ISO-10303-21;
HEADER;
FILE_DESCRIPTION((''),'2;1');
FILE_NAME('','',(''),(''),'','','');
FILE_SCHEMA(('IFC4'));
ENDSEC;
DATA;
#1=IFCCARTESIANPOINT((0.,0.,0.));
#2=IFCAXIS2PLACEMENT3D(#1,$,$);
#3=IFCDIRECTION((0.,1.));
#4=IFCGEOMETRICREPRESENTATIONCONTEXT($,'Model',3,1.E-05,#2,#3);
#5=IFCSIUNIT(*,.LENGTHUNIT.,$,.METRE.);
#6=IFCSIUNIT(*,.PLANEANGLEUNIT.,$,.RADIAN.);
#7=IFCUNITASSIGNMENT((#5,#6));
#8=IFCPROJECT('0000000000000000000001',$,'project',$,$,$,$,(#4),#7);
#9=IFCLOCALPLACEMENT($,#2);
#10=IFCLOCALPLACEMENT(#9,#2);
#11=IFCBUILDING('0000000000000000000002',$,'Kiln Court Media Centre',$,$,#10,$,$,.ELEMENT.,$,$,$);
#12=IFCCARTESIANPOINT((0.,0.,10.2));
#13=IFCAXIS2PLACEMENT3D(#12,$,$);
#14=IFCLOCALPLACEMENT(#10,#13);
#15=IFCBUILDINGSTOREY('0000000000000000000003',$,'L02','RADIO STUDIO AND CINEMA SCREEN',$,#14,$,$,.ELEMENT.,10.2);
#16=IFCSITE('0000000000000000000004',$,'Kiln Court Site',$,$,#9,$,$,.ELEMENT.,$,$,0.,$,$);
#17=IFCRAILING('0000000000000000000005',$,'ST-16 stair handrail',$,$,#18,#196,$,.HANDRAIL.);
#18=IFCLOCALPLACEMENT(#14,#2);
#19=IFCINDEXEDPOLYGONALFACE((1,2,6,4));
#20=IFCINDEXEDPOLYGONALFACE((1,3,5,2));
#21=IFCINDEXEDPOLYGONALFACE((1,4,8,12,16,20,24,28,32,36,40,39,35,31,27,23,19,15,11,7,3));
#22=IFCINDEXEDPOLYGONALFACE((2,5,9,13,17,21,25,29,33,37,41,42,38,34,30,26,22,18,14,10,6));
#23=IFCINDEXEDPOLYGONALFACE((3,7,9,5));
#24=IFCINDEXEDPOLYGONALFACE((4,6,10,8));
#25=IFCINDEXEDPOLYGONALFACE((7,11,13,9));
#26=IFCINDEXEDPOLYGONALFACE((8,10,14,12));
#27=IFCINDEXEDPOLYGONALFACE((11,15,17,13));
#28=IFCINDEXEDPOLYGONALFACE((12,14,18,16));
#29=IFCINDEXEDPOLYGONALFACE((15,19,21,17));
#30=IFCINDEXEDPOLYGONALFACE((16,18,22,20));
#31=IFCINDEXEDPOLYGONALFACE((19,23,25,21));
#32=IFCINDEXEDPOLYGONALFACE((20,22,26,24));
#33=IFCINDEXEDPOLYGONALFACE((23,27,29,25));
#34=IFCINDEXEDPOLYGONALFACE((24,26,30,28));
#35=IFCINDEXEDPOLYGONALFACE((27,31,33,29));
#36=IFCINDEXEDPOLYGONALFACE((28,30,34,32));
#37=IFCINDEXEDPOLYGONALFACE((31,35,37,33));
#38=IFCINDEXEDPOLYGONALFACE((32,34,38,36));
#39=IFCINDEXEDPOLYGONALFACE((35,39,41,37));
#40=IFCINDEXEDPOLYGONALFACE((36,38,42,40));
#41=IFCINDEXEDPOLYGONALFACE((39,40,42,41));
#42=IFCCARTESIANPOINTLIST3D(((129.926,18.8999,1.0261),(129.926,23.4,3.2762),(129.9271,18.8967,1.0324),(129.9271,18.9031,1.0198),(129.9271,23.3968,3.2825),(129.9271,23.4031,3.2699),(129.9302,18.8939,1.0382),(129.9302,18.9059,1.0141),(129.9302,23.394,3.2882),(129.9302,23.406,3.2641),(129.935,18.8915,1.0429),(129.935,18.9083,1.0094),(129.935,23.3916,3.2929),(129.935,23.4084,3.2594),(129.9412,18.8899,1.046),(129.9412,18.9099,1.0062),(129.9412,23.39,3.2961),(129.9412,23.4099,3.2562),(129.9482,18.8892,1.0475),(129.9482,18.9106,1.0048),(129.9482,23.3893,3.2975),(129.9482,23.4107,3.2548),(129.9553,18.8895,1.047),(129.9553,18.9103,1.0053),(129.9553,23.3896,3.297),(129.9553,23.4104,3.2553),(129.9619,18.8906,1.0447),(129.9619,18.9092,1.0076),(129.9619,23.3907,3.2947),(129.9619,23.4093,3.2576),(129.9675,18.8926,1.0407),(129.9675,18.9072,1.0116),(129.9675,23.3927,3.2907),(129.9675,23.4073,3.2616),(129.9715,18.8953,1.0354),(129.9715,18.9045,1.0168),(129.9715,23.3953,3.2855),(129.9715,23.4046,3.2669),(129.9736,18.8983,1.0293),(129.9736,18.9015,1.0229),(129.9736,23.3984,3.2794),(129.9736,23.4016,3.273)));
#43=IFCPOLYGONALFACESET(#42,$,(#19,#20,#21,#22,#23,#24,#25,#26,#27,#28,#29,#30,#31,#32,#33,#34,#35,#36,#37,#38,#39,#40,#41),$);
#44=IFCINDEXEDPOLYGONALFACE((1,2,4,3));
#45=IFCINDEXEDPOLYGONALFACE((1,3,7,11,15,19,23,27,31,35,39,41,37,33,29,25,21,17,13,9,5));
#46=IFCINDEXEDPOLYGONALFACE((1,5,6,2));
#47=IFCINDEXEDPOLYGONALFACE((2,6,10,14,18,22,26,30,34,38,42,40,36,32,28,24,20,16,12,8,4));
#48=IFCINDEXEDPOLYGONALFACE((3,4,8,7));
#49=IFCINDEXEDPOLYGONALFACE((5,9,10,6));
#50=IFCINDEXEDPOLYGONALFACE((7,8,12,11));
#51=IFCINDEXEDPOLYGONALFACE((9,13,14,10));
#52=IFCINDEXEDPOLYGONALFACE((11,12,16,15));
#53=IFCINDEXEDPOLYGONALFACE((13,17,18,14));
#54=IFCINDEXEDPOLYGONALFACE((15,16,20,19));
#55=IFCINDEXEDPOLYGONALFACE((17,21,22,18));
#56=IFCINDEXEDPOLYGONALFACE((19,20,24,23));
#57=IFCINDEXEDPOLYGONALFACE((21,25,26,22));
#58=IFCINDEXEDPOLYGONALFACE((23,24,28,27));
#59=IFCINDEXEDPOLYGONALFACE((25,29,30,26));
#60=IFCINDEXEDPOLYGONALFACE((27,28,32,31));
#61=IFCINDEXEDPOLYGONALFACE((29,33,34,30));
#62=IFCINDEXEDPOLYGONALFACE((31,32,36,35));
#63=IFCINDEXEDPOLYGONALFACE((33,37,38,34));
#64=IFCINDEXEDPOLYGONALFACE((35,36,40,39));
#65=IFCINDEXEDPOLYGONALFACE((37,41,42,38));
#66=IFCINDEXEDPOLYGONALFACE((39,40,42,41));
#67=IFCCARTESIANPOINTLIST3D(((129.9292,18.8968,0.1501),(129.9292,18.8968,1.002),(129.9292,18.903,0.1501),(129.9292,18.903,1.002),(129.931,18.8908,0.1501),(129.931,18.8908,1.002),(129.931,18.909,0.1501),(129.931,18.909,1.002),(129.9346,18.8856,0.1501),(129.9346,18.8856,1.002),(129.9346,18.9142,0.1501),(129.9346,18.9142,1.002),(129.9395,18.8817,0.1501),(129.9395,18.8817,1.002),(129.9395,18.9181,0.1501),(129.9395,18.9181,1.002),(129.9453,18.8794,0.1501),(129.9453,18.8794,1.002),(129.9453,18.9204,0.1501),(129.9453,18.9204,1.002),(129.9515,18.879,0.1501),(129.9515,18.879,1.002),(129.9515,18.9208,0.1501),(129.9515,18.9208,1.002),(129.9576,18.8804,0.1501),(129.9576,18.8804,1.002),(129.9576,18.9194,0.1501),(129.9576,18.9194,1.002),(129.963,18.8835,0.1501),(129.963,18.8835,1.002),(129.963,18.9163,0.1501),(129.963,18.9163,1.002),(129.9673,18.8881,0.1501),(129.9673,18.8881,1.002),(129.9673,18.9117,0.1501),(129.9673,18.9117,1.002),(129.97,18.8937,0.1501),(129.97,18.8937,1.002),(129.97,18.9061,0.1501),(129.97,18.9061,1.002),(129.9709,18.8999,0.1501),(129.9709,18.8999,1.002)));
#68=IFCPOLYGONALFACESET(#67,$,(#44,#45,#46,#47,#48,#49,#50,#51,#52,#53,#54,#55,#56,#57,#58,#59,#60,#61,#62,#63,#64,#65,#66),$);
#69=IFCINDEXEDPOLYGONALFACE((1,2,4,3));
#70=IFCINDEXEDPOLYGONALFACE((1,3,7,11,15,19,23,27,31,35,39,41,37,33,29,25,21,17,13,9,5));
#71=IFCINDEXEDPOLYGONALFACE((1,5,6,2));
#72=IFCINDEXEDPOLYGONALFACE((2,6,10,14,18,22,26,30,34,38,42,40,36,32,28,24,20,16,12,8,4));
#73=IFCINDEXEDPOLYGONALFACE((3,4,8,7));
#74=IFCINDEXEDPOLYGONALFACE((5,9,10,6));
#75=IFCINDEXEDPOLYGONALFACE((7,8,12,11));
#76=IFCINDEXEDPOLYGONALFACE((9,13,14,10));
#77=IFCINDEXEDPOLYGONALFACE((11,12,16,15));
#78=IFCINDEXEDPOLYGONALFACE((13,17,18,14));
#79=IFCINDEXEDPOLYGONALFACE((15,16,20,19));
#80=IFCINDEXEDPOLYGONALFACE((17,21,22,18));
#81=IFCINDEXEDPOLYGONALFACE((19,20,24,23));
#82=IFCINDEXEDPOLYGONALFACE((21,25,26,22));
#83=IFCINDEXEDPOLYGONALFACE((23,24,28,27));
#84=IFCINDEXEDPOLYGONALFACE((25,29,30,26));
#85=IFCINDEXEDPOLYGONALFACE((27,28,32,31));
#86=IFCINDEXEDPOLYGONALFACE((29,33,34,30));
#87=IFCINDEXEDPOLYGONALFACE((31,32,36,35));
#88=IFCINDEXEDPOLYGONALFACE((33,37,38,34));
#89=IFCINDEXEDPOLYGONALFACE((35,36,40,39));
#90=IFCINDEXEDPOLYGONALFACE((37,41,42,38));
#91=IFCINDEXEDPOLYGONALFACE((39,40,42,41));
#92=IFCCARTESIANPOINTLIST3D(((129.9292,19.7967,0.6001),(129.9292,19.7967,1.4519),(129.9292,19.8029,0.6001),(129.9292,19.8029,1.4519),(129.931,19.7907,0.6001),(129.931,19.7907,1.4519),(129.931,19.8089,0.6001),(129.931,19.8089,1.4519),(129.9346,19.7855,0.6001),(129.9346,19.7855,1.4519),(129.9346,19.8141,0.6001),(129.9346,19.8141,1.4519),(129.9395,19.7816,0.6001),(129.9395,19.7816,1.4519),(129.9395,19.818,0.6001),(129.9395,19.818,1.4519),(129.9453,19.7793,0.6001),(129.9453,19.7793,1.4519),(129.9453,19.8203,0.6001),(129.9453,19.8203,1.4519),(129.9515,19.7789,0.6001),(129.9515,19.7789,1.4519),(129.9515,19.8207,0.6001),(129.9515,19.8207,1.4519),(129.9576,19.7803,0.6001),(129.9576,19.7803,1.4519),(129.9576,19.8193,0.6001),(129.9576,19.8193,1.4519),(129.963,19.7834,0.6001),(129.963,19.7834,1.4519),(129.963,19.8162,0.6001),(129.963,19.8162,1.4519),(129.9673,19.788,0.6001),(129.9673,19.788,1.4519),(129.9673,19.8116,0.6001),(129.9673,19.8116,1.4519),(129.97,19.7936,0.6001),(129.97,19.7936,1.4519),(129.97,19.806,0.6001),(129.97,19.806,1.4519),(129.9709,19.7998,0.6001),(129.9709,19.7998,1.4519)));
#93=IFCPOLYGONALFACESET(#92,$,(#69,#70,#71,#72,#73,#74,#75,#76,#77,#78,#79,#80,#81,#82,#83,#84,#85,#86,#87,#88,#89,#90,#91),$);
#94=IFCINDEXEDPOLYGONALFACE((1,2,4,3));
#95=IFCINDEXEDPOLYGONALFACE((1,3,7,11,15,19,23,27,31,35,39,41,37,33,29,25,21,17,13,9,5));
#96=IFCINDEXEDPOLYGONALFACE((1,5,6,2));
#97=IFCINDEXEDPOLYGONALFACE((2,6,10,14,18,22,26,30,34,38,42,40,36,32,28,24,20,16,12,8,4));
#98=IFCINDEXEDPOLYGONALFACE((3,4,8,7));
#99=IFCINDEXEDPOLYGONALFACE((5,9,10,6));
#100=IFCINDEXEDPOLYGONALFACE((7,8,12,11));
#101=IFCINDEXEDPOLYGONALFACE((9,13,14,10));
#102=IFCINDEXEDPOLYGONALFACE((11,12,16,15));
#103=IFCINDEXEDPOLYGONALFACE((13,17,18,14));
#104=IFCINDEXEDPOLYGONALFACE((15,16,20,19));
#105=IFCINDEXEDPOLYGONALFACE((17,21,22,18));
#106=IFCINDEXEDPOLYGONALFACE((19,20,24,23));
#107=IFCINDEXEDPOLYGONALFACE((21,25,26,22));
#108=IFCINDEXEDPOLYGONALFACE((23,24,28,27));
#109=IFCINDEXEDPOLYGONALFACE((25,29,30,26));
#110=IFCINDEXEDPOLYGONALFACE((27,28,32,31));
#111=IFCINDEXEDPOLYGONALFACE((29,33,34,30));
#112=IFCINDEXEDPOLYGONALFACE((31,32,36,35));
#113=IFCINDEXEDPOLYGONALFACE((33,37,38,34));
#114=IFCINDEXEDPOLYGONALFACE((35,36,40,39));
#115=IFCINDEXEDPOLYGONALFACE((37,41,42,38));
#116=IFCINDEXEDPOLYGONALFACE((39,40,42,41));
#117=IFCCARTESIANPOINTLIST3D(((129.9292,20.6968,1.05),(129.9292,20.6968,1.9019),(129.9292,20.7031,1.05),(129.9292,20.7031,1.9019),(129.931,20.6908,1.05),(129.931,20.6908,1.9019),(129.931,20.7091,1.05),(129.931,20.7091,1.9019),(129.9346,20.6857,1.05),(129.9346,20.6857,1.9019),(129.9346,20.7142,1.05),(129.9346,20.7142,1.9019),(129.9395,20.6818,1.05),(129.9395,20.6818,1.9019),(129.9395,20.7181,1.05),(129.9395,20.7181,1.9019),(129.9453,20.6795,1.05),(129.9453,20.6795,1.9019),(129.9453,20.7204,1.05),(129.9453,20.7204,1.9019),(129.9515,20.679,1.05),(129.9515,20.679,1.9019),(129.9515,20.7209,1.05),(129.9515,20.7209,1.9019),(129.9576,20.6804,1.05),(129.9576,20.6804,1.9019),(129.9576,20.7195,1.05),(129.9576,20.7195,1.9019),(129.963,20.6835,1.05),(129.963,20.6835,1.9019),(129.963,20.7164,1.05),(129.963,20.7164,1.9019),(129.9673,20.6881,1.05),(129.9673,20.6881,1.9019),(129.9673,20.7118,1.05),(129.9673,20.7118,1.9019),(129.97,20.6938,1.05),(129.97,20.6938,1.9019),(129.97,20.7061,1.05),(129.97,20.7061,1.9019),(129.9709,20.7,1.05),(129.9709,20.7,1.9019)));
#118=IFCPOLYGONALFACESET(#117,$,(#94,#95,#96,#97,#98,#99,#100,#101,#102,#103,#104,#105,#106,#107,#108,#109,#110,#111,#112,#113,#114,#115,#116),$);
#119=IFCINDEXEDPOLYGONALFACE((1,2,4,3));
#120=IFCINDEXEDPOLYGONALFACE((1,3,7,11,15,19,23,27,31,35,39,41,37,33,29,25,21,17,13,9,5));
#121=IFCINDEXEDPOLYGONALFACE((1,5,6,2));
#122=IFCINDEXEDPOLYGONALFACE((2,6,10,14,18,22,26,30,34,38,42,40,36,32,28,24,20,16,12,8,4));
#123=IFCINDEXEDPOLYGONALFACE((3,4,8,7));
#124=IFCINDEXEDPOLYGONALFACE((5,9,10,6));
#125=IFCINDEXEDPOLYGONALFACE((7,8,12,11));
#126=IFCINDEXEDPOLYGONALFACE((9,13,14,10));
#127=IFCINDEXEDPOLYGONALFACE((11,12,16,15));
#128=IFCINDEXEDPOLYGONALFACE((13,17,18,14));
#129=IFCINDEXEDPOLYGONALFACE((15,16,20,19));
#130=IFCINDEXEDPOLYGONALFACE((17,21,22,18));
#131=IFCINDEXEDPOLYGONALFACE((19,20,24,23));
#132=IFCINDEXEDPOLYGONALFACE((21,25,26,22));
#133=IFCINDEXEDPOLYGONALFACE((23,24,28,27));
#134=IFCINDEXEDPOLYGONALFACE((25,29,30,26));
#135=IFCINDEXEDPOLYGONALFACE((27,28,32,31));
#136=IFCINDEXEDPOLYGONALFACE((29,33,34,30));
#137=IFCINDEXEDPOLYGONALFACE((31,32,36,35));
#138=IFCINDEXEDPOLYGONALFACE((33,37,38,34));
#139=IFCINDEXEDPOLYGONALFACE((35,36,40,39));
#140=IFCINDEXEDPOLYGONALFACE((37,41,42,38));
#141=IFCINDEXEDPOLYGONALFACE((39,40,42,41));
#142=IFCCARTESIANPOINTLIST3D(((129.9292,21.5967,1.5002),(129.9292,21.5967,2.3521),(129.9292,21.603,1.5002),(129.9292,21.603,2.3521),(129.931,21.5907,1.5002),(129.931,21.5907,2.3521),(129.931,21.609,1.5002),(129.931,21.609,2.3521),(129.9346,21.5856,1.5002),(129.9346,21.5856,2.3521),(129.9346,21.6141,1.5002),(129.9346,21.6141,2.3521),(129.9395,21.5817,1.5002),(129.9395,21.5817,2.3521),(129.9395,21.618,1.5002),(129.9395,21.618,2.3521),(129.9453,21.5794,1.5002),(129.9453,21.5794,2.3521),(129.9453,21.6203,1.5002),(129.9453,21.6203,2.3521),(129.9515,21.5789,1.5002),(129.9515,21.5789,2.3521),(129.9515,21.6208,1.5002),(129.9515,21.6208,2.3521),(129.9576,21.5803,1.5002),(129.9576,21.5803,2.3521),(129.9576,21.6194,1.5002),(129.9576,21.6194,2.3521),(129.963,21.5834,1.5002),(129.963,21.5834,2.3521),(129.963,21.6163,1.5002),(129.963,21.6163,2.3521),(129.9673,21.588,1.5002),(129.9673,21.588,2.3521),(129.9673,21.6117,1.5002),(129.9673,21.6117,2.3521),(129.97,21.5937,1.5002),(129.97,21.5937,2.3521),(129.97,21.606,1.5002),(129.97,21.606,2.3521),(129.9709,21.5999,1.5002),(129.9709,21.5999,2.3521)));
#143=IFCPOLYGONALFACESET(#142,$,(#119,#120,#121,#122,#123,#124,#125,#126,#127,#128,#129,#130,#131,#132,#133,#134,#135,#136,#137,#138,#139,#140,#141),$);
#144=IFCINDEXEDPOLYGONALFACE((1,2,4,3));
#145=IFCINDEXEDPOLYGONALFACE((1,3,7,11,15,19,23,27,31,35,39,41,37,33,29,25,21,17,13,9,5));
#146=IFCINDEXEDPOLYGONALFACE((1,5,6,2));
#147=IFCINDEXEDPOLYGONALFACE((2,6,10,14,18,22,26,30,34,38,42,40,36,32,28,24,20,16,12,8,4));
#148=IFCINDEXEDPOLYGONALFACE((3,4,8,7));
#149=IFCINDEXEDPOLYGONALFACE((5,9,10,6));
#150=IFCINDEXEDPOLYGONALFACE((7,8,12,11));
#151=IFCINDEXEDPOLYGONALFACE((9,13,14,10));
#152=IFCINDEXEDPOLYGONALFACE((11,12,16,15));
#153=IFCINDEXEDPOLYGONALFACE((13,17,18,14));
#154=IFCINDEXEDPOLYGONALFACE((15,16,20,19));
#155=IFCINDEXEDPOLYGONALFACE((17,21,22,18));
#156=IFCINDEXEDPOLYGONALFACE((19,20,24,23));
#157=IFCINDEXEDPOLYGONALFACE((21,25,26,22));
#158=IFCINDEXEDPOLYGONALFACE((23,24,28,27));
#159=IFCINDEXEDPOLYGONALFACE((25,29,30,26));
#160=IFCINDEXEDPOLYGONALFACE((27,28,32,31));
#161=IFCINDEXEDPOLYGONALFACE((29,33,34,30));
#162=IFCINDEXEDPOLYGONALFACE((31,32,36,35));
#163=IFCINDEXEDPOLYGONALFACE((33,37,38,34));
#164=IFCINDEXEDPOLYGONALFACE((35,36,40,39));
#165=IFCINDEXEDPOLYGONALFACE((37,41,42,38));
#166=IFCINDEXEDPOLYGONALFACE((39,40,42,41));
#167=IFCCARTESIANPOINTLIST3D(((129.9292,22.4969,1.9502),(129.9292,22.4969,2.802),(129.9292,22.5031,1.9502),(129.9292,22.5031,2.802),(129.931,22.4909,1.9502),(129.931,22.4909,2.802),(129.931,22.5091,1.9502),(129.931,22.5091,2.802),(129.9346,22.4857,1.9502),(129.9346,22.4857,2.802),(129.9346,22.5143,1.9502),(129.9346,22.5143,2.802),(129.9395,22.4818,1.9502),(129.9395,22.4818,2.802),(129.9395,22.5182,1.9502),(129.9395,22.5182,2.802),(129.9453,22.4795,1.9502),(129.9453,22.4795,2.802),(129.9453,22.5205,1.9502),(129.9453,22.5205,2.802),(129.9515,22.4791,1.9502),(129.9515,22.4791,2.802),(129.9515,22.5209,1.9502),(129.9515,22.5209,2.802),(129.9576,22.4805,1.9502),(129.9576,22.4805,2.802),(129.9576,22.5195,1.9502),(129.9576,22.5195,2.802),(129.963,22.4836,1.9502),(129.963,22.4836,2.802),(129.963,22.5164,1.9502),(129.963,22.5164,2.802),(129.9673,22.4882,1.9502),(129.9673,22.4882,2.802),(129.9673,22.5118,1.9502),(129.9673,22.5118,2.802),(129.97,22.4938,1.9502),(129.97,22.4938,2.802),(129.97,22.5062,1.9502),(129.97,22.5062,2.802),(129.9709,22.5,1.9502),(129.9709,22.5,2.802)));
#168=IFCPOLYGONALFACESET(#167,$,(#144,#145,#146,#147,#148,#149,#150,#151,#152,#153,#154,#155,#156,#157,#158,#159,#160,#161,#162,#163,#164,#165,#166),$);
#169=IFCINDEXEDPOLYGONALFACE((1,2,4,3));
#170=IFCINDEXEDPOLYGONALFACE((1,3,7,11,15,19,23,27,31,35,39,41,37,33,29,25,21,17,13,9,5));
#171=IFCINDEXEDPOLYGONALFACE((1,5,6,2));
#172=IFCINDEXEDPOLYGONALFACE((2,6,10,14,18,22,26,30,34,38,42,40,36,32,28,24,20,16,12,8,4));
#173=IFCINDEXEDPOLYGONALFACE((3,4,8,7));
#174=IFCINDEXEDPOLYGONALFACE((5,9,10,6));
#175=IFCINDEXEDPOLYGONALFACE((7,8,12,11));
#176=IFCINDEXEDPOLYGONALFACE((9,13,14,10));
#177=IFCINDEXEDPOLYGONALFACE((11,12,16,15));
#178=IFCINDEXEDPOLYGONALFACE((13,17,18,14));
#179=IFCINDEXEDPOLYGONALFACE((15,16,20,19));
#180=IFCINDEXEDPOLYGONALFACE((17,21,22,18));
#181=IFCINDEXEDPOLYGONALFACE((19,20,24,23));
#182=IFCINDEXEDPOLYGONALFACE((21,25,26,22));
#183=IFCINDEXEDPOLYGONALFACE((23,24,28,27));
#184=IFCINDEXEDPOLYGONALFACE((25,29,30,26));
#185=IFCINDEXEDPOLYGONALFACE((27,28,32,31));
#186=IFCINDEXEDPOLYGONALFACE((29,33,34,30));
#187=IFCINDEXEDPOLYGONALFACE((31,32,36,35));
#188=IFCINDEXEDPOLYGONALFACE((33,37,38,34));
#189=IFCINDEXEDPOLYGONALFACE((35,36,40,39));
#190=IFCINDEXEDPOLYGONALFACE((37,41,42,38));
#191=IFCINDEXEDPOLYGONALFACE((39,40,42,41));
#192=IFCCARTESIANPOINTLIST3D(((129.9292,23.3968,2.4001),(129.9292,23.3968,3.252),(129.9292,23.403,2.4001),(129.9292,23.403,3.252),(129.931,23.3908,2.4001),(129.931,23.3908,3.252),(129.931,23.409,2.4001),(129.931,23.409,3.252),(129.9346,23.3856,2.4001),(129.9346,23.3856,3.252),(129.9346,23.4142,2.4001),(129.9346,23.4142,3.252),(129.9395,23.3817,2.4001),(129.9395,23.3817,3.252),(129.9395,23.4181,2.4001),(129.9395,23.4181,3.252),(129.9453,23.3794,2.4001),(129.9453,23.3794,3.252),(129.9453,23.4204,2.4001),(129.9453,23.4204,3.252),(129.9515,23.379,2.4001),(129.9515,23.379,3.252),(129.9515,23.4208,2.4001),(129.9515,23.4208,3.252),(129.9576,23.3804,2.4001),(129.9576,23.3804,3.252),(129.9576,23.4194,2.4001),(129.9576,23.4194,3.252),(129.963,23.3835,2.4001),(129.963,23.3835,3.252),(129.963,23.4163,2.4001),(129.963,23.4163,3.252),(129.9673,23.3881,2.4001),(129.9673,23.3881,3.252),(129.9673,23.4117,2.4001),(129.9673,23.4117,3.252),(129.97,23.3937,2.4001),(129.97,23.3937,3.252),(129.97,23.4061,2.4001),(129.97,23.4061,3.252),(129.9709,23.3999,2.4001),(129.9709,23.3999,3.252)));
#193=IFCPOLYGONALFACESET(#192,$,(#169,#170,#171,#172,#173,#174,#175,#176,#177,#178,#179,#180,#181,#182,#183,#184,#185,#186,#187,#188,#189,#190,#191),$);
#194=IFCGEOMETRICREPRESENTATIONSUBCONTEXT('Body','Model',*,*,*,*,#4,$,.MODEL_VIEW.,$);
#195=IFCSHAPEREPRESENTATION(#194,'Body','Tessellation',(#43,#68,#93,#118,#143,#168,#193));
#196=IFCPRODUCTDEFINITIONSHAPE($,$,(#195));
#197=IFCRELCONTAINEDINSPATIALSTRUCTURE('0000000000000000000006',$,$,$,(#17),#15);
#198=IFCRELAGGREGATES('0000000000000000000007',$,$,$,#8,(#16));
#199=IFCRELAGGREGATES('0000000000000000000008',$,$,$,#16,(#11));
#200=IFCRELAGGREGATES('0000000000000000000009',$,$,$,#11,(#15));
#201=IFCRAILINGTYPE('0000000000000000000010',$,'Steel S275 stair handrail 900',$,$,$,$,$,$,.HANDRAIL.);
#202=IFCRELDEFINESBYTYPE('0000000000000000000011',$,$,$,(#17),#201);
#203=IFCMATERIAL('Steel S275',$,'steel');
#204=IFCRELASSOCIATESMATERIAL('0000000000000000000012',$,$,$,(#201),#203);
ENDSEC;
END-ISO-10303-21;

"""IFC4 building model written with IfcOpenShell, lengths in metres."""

from ifc_helpers import new_model, si_unit, direction, frame, origin, origin_2d, place, context, subcontext, project, spatial, circle, extrude, material, type_object, element, save


model = new_model("IFC4")

# Units and contexts
model_context = context("Model", 3, precision=1e-05, world=origin(), true_north=direction((0.0, 1.0)))
body_context = subcontext(model_context, "Body", "Model", "MODEL_VIEW")
ifc_project = project(units=[si_unit("LENGTHUNIT", "METRE"), si_unit("PLANEANGLEUNIT", "RADIAN")], contexts=[model_context])

# Site, building, storey
site_placement = place(None, origin())
site = spatial("IfcSite", under=ifc_project, at=site_placement, Name="Kiln Court Site", CompositionType="ELEMENT", RefElevation=0.0)
building_placement = place(site_placement, origin())
building = spatial("IfcBuilding", under=site, at=building_placement, Name="Kiln Court Media Centre", CompositionType="ELEMENT")
storey_placement = place(building_placement, frame((0.0, 0.0, 10.2)))
storey = spatial("IfcBuildingStorey", under=building, at=storey_placement, Name="L02", Description="RADIO STUDIO AND CINEMA SCREEN", CompositionType="ELEMENT", Elevation=10.2)

# Railing
ifc_material_1 = material(Name="Steel S275", Category="steel")
railing_type_1 = type_object("IfcRailingType", Name="Steel S275 stair handrail 900", PredefinedType="HANDRAIL", material=ifc_material_1)
railing_1_placement = place(storey_placement, frame((129.95, 18.8999, 0.1501)))
element("IfcRailing", 1, at=railing_1_placement, inside=storey, type_object=railing_type_1, Name="ST-16 stair handrail", PredefinedType="HANDRAIL", context=body_context, shape_type="SweptSolid", body=[
    extrude(circle(Radius=0.0239, at=origin_2d()), frame((0.0, 0.0, 0.876), z_axis=(0.0, 0.894427, 0.447214), x_axis=(-1.0, 0.0, 0.0)), (0.0, 0.0, 1.0), 5.0312),
    extrude(circle(Radius=0.021, at=origin_2d()), origin(), (0.0, 0.0, 1.0), 0.8518),
    extrude(circle(Radius=0.021, at=origin_2d()), frame((0.0, 0.8999, 0.45)), (0.0, 0.0, 1.0), 0.8518),
    extrude(circle(Radius=0.021, at=origin_2d()), frame((0.0, 1.8, 0.8999)), (0.0, 0.0, 1.0), 0.8518),
    extrude(circle(Radius=0.021, at=origin_2d()), frame((0.0, 2.7, 1.3501)), (0.0, 0.0, 1.0), 0.8518),
    extrude(circle(Radius=0.021, at=origin_2d()), frame((0.0, 3.6001, 1.8)), (0.0, 0.0, 1.0), 0.8518),
    extrude(circle(Radius=0.021, at=origin_2d()), frame((0.0, 4.5, 2.25)), (0.0, 0.0, 1.0), 0.8518),
])

save(model, "model.ifc")
